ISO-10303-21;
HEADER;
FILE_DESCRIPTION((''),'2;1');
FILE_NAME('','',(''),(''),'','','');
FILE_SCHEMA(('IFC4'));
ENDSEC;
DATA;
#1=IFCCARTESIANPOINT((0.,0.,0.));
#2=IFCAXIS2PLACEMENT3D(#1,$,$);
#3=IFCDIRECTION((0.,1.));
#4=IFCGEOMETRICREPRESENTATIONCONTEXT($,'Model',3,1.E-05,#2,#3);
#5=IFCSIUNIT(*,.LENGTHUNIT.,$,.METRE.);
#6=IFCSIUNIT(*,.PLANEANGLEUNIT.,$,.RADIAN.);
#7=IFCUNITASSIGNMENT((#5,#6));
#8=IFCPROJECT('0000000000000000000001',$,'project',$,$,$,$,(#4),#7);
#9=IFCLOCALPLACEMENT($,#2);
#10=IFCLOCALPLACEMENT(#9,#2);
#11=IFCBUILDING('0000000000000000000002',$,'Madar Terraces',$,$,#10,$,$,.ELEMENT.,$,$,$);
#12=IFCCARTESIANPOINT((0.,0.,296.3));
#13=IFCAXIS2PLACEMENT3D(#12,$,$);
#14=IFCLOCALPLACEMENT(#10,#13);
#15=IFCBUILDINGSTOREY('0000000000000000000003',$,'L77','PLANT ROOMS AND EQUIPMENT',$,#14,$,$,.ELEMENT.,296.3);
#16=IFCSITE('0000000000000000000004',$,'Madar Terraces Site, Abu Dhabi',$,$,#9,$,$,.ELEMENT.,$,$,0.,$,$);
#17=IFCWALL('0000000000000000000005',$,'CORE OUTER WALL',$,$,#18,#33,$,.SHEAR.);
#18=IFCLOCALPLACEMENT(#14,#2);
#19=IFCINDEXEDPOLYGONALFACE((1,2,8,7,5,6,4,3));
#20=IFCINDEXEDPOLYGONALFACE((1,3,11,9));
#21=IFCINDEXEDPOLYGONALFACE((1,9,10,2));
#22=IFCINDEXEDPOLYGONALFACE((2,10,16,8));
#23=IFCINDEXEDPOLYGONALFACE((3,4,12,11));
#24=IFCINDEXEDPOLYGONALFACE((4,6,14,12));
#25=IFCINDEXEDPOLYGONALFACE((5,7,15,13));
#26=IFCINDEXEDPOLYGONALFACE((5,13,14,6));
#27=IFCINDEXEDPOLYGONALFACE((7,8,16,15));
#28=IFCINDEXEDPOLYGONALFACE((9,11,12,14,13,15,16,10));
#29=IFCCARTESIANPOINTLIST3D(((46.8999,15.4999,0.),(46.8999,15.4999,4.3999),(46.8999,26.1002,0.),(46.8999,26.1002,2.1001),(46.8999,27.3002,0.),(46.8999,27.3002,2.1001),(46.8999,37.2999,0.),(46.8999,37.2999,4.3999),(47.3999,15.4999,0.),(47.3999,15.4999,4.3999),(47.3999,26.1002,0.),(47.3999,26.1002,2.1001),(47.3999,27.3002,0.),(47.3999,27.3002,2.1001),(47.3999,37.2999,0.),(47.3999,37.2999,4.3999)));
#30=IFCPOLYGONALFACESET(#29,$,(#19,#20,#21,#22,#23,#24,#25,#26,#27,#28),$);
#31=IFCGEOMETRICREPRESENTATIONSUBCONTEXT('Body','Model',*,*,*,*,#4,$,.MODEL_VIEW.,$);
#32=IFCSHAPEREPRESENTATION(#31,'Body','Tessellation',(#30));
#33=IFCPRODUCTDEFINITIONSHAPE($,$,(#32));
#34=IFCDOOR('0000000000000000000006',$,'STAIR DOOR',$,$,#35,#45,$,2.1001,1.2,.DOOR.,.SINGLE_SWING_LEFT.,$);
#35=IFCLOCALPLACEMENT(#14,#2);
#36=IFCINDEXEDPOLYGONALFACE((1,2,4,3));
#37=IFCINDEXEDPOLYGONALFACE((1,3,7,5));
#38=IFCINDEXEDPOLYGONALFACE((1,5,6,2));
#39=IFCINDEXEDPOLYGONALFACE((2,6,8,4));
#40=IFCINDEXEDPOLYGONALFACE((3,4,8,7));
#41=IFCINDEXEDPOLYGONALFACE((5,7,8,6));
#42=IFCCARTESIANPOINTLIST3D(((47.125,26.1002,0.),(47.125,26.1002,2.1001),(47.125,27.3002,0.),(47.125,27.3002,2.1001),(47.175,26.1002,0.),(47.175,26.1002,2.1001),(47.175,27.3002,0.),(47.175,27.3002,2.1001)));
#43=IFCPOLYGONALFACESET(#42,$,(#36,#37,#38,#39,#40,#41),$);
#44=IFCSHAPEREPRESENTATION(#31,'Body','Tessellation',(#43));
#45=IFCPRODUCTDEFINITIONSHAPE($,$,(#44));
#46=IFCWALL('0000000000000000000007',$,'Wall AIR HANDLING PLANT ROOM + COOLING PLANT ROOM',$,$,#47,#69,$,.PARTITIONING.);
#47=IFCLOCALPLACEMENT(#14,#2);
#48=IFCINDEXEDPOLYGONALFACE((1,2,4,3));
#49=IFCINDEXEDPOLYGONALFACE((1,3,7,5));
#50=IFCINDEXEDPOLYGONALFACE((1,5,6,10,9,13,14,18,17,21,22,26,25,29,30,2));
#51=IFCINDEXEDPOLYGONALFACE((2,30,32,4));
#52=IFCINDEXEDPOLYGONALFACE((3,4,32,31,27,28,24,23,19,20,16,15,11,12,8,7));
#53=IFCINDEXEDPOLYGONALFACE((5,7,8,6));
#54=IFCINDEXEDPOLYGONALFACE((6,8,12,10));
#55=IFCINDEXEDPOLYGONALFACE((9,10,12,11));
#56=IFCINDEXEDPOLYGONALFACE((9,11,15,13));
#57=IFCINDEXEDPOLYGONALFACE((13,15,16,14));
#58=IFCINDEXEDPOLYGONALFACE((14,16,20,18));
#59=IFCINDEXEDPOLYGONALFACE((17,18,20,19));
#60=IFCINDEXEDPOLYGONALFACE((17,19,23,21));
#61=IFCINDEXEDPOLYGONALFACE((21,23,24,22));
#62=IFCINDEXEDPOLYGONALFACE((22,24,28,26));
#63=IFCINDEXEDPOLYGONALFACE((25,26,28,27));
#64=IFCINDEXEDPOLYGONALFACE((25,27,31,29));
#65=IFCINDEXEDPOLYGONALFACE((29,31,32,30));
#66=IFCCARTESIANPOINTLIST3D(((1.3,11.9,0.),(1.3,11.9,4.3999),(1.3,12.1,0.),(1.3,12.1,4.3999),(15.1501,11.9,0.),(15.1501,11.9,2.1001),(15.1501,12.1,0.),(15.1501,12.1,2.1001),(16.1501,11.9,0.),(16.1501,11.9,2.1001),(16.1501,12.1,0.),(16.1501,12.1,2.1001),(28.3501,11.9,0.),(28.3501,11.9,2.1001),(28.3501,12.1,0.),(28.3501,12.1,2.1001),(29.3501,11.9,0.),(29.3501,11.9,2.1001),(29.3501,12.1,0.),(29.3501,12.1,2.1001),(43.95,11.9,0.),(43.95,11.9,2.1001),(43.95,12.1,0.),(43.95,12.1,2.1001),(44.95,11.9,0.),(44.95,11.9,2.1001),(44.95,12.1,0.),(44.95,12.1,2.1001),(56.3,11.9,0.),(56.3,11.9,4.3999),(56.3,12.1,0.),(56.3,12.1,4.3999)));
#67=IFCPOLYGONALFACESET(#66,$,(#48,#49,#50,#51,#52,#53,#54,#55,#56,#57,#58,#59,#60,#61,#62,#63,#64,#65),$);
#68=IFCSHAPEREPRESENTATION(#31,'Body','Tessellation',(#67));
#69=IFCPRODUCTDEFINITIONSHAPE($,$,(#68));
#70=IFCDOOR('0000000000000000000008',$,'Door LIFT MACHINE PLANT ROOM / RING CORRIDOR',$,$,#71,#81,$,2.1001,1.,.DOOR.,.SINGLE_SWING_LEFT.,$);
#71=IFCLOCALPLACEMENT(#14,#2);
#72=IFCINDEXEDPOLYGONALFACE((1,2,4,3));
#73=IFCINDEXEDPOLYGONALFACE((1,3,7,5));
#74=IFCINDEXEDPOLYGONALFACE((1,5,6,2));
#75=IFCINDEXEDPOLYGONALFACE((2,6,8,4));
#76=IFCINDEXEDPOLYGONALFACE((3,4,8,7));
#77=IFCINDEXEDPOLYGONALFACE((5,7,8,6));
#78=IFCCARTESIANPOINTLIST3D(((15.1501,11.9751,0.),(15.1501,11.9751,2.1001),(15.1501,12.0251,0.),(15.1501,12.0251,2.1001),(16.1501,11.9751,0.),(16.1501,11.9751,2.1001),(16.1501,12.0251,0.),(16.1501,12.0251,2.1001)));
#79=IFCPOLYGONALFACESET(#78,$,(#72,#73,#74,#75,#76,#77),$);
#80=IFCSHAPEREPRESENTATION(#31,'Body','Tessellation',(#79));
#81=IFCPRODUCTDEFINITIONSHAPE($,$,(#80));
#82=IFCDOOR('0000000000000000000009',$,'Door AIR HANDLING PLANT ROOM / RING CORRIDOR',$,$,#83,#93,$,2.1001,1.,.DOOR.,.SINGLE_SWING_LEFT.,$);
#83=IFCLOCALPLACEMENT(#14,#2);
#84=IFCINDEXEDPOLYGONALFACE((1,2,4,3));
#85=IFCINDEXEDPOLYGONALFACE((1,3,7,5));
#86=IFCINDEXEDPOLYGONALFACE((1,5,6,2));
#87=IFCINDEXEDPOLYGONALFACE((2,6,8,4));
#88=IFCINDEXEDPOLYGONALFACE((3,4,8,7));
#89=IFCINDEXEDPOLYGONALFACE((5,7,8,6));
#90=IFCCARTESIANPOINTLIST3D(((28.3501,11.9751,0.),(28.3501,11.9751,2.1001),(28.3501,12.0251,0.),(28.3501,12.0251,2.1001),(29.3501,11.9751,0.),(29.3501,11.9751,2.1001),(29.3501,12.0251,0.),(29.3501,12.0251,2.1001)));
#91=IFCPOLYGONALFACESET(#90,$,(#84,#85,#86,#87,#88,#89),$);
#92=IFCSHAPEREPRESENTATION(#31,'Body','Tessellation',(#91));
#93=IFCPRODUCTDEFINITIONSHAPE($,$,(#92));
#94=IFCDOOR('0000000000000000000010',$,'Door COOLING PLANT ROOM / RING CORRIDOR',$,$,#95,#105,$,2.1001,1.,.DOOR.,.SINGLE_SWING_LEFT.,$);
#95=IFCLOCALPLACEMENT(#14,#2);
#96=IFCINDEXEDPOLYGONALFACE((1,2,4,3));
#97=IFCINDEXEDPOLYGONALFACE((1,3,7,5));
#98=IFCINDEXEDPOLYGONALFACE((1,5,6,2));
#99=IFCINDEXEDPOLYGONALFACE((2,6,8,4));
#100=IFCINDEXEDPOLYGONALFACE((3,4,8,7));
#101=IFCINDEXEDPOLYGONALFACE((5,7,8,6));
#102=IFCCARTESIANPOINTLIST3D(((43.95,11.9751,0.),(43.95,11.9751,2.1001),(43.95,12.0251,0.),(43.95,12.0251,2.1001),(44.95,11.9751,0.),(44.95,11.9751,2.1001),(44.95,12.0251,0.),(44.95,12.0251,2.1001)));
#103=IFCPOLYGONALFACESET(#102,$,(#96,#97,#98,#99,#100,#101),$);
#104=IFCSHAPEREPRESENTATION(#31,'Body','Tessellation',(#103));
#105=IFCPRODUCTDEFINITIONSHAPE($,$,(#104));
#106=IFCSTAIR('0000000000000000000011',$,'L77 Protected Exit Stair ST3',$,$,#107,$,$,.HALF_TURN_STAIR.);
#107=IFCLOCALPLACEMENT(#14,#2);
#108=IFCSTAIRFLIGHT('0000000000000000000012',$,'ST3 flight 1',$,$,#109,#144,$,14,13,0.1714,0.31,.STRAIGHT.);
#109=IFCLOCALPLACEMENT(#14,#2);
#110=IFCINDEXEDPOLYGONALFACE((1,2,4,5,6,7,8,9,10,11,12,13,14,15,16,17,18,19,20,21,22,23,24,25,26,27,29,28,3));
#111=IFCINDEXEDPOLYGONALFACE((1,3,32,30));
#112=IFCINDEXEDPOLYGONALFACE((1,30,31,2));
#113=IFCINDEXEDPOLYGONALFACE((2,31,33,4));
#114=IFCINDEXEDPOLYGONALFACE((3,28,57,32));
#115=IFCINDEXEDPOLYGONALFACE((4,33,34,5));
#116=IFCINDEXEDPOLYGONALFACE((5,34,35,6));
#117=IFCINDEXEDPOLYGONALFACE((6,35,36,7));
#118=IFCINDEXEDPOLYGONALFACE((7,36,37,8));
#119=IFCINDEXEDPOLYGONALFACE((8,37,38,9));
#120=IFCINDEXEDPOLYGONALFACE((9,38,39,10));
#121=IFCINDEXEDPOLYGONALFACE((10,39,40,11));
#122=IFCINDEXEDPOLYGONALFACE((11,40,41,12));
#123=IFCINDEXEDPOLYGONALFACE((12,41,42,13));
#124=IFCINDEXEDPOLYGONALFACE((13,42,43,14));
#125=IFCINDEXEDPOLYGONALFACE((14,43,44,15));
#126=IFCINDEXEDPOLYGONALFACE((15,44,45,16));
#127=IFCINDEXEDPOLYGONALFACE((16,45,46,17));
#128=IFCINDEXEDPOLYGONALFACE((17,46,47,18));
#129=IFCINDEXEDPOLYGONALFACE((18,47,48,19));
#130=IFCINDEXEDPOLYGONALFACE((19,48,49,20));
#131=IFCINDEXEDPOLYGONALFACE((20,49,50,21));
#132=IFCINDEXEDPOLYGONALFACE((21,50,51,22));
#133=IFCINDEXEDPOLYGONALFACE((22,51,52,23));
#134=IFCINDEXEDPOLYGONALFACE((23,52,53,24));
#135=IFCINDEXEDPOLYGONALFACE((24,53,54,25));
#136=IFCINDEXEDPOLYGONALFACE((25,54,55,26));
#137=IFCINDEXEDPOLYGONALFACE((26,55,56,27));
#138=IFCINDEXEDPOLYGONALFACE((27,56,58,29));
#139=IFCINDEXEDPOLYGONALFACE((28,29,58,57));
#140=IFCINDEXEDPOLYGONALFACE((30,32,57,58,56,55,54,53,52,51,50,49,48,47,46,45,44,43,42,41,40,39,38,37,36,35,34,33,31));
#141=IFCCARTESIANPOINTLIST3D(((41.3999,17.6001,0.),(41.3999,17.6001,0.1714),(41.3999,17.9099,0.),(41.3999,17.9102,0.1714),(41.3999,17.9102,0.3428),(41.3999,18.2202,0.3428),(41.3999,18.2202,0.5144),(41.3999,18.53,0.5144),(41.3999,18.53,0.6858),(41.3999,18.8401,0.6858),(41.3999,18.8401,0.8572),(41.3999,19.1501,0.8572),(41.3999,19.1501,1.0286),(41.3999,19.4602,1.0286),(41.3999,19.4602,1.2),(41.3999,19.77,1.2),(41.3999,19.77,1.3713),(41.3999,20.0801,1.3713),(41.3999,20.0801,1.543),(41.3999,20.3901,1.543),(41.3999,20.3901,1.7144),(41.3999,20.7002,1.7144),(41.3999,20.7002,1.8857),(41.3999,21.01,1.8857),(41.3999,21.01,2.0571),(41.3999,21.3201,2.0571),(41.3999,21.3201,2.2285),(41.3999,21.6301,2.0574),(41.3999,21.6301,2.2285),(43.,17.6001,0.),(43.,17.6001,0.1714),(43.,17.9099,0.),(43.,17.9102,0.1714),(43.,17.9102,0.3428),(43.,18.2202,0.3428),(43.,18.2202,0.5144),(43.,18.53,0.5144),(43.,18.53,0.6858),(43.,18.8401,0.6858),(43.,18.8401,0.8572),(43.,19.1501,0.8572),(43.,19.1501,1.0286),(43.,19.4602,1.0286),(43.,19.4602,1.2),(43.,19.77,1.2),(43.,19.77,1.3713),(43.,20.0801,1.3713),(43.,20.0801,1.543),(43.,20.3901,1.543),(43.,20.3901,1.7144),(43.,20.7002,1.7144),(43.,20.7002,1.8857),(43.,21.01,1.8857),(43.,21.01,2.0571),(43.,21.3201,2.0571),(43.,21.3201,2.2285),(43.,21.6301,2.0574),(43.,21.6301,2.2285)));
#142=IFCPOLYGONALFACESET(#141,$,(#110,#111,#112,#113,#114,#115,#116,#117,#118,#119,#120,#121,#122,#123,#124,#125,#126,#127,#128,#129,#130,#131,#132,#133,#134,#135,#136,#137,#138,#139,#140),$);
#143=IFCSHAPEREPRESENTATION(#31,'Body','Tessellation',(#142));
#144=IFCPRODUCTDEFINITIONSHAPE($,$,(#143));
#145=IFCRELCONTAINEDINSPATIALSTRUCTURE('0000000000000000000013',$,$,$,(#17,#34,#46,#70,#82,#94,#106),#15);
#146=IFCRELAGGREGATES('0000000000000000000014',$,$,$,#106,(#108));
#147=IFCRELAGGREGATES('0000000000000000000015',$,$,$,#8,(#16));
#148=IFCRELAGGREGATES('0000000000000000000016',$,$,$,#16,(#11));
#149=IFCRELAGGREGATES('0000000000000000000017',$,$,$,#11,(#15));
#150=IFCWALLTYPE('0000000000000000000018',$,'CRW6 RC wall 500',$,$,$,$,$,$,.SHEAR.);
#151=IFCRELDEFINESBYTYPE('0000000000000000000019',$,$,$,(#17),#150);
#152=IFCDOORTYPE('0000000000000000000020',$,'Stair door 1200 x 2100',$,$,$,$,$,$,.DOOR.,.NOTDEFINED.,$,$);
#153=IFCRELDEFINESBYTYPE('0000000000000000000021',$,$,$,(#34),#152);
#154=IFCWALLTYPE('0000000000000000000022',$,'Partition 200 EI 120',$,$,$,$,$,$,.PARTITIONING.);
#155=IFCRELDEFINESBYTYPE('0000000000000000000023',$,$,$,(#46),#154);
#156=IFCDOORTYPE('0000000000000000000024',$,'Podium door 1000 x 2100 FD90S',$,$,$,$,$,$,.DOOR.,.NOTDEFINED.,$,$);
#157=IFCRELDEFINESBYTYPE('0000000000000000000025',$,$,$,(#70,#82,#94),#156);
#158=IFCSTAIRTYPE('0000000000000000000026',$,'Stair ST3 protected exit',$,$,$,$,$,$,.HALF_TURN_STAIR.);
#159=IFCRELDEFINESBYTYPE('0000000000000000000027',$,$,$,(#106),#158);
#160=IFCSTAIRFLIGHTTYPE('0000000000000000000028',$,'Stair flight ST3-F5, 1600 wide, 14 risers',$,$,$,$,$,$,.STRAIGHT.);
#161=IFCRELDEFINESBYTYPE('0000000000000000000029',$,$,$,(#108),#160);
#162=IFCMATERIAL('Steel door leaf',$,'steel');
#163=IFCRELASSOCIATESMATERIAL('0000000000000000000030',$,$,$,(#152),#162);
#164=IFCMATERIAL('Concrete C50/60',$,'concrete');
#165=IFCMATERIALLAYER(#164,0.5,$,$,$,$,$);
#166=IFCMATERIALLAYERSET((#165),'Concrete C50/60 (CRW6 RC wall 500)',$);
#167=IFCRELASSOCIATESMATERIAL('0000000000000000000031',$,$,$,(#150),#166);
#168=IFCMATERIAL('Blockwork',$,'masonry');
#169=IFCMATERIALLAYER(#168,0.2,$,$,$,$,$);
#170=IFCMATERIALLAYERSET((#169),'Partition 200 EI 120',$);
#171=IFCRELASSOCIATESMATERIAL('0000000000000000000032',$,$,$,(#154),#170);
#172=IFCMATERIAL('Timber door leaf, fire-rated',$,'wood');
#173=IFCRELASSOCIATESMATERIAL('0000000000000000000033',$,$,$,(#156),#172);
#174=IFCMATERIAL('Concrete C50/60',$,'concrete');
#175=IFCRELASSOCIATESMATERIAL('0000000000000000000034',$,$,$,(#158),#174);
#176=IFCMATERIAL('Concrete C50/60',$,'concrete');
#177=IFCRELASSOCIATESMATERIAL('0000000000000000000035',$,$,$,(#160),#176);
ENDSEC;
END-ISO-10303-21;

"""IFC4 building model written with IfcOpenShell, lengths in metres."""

from ifc_helpers import new_model, si_unit, direction, frame, frame_2d, origin, place, context, subcontext, project, spatial, polyline, rectangle, outline, extrude, material, layer, layer_set, type_object, element, fill, aggregate, save


model = new_model("IFC4")

# Units and contexts
model_context = context("Model", 3, precision=1e-05, world=origin(), true_north=direction((0.0, 1.0)))
body_context = subcontext(model_context, "Body", "Model", "MODEL_VIEW")
ifc_project = project(units=[si_unit("LENGTHUNIT", "METRE"), si_unit("PLANEANGLEUNIT", "RADIAN")], contexts=[model_context])

# Site, building, storey
site_placement = place(None, origin())
site = spatial("IfcSite", under=ifc_project, at=site_placement, Name="Madar Terraces Site, Abu Dhabi", CompositionType="ELEMENT", RefElevation=0.0)
building_placement = place(site_placement, origin())
building = spatial("IfcBuilding", under=site, at=building_placement, Name="Madar Terraces", CompositionType="ELEMENT")
storey_placement = place(building_placement, frame((0.0, 0.0, 296.3)))
storey = spatial("IfcBuildingStorey", under=building, at=storey_placement, Name="L77", Description="PLANT ROOMS AND EQUIPMENT", CompositionType="ELEMENT", Elevation=296.3)

# Wall, opening, door
ifc_material_1 = material(Name="Steel door leaf", Category="steel")
door_type_1 = type_object("IfcDoorType", Name="Stair door 1200 x 2100", OperationType="NOTDEFINED", PredefinedType="DOOR", material=ifc_material_1)
ifc_material_2 = material(Name="Concrete C50/60", Category="concrete")
ifc_layer_1 = layer(ifc_material_2, 0.5)
ifc_layer_set_1 = layer_set([ifc_layer_1], Name="Concrete C50/60 (CRW6 RC wall 500)")
wall_type_1 = type_object("IfcWallType", Name="CRW6 RC wall 500", PredefinedType="SHEAR", material=ifc_layer_set_1)
wall_1_placement = place(storey_placement, frame((47.1499, 15.5, 0.0), z_axis=(0.0, 0.0, 1.0), x_axis=(0.0, 1.0, 0.0)))
wall_1 = element("IfcWall", 1, at=wall_1_placement, inside=storey, type_object=wall_type_1, Name="CORE OUTER WALL", PredefinedType="SHEAR", context=body_context, shape_type="SweptSolid", body=[
    extrude(rectangle(XDim=21.8, YDim=0.5, at=frame_2d((10.8999, 0.0))), origin(), (0.0, 0.0, 1.0), 4.3999),
])
opening_1_placement = place(wall_1_placement, frame((10.6001, 0.0, 0.0)))
opening_1 = element("IfcOpeningElement", 2, at=opening_1_placement, cuts=wall_1, PredefinedType="OPENING", context=body_context, shape_type="SweptSolid", body=[
    extrude(rectangle(XDim=1.2, YDim=2.1001, at=frame_2d((0.6001, 1.05))), frame((0.0, 0.26, 0.0), z_axis=(0.0, -1.0, 0.0), x_axis=(1.0, 0.0, 0.0)), (0.0, 0.0, 1.0), 0.52),
])
door_1_placement = place(opening_1_placement, origin())
door_1 = element("IfcDoor", 3, at=door_1_placement, inside=storey, type_object=door_type_1, Name="STAIR DOOR", OperationType="SINGLE_SWING_LEFT", OverallHeight=2.1001, OverallWidth=1.2, PredefinedType="DOOR", context=body_context, shape_type="SweptSolid", body=[
    extrude(rectangle(XDim=1.2, YDim=2.1001, at=frame_2d((0.6001, 1.05))), frame((0.0, 0.0249, 0.0), z_axis=(0.0, -1.0, 0.0), x_axis=(1.0, 0.0, 0.0)), (0.0, 0.0, 1.0), 0.05),
])
fill(opening_1, door_1)

# Wall, openings, doors
ifc_material_3 = material(Name="Blockwork", Category="masonry")
ifc_layer_2 = layer(ifc_material_3, 0.2)
ifc_layer_set_2 = layer_set([ifc_layer_2], Name="Partition 200 EI 120")
wall_type_2 = type_object("IfcWallType", Name="Partition 200 EI 120", PredefinedType="PARTITIONING", material=ifc_layer_set_2)
wall_2_placement = place(storey_placement, frame((56.3, 12.0, 0.0), z_axis=(0.0, 0.0, 1.0), x_axis=(-1.0, 0.0, 0.0)))
wall_2 = element("IfcWall", 4, at=wall_2_placement, inside=storey, type_object=wall_type_2, Name="Wall AIR HANDLING PLANT ROOM + COOLING PLANT ROOM", PredefinedType="PARTITIONING", context=body_context, shape_type="SweptSolid", body=[
    extrude(rectangle(XDim=55.0, YDim=0.2, at=frame_2d((27.5, 0.0))), origin(), (0.0, 0.0, 1.0), 4.3999),
])
opening_2_placement = place(wall_2_placement, frame((40.1499, 0.0, 0.0)))
opening_2 = element("IfcOpeningElement", 5, at=opening_2_placement, cuts=wall_2, PredefinedType="OPENING", context=body_context, shape_type="SweptSolid", body=[
    extrude(rectangle(XDim=1.0, YDim=2.1001, at=frame_2d((0.5, 1.05))), frame((0.0, 0.1099, 0.0), z_axis=(0.0, -1.0, 0.0), x_axis=(1.0, 0.0, 0.0)), (0.0, 0.0, 1.0), 0.22),
])
opening_3_placement = place(wall_2_placement, frame((26.95, 0.0, 0.0)))
opening_3 = element("IfcOpeningElement", 6, at=opening_3_placement, cuts=wall_2, PredefinedType="OPENING", context=body_context, shape_type="SweptSolid", body=[
    extrude(rectangle(XDim=1.0, YDim=2.1001, at=frame_2d((0.5, 1.05))), frame((0.0, 0.1099, 0.0), z_axis=(0.0, -1.0, 0.0), x_axis=(1.0, 0.0, 0.0)), (0.0, 0.0, 1.0), 0.22),
])
opening_4_placement = place(wall_2_placement, frame((11.3501, 0.0, 0.0)))
opening_4 = element("IfcOpeningElement", 7, at=opening_4_placement, cuts=wall_2, PredefinedType="OPENING", context=body_context, shape_type="SweptSolid", body=[
    extrude(rectangle(XDim=1.0, YDim=2.1001, at=frame_2d((0.5, 1.05))), frame((0.0, 0.1099, 0.0), z_axis=(0.0, -1.0, 0.0), x_axis=(1.0, 0.0, 0.0)), (0.0, 0.0, 1.0), 0.22),
])
ifc_material_4 = material(Name="Timber door leaf, fire-rated", Category="wood")
door_type_2 = type_object("IfcDoorType", Name="Podium door 1000 x 2100 FD90S", OperationType="NOTDEFINED", PredefinedType="DOOR", material=ifc_material_4)
door_2_placement = place(opening_2_placement, origin())
door_2 = element("IfcDoor", 8, at=door_2_placement, inside=storey, type_object=door_type_2, Name="Door LIFT MACHINE PLANT ROOM / RING CORRIDOR", OperationType="SINGLE_SWING_LEFT", OverallHeight=2.1001, OverallWidth=1.0, PredefinedType="DOOR", context=body_context, shape_type="SweptSolid", body=[
    extrude(rectangle(XDim=1.0, YDim=2.1001, at=frame_2d((0.5, 1.05))), frame((0.0, 0.0249, 0.0), z_axis=(0.0, -1.0, 0.0), x_axis=(1.0, 0.0, 0.0)), (0.0, 0.0, 1.0), 0.05),
])
fill(opening_2, door_2)
door_3_placement = place(opening_3_placement, origin())
door_3 = element("IfcDoor", 9, at=door_3_placement, inside=storey, type_object=door_type_2, Name="Door AIR HANDLING PLANT ROOM / RING CORRIDOR", OperationType="SINGLE_SWING_LEFT", OverallHeight=2.1001, OverallWidth=1.0, PredefinedType="DOOR", context=body_context, shape_type="SweptSolid", body=[
    extrude(rectangle(XDim=1.0, YDim=2.1001, at=frame_2d((0.5, 1.05))), frame((0.0, 0.0249, 0.0), z_axis=(0.0, -1.0, 0.0), x_axis=(1.0, 0.0, 0.0)), (0.0, 0.0, 1.0), 0.05),
])
fill(opening_3, door_3)
door_4_placement = place(opening_4_placement, origin())
door_4 = element("IfcDoor", 10, at=door_4_placement, inside=storey, type_object=door_type_2, Name="Door COOLING PLANT ROOM / RING CORRIDOR", OperationType="SINGLE_SWING_LEFT", OverallHeight=2.1001, OverallWidth=1.0, PredefinedType="DOOR", context=body_context, shape_type="SweptSolid", body=[
    extrude(rectangle(XDim=1.0, YDim=2.1001, at=frame_2d((0.5, 1.05))), frame((0.0, 0.0249, 0.0), z_axis=(0.0, -1.0, 0.0), x_axis=(1.0, 0.0, 0.0)), (0.0, 0.0, 1.0), 0.05),
])
fill(opening_4, door_4)

# Stair, stair flight
ifc_material_5 = material(Name="Concrete C50/60", Category="concrete")
stair_type = type_object("IfcStairType", Name="Stair ST3 protected exit", PredefinedType="HALF_TURN_STAIR", material=ifc_material_5)
stair_placement = place(storey_placement, origin())
stair = element("IfcStair", 11, at=stair_placement, inside=storey, type_object=stair_type, Name="L77 Protected Exit Stair ST3", PredefinedType="HALF_TURN_STAIR")
ifc_material_6 = material(Name="Concrete C50/60", Category="concrete")
stair_flight_type = type_object("IfcStairFlightType", Name="Stair flight ST3-F5, 1600 wide, 14 risers", PredefinedType="STRAIGHT", material=ifc_material_6)
stair_flight_placement = place(storey_placement, frame((42.2, 17.6001, 0.0), z_axis=(0.0, 0.0, 1.0), x_axis=(0.0, 1.0, 0.0)))
stair_flight = element("IfcStairFlight", 12, at=stair_flight_placement, type_object=stair_flight_type, Name="ST3 flight 1", NumberOfRisers=14, NumberOfTreads=13, PredefinedType="STRAIGHT", RiserHeight=0.1714, TreadLength=0.31, context=body_context, shape_type="SweptSolid", body=[
    extrude(outline(polyline([(0.0, 0.0), (0.0, 0.1714), (0.3101, 0.1714), (0.3101, 0.3428), (0.6201, 0.3428), (0.6201, 0.5144), (0.9299, 0.5144), (0.9299, 0.6858), (1.24, 0.6858), (1.24, 0.8572), (1.55, 0.8572), (1.55, 1.0286), (1.8601, 1.0286), (1.8601, 1.2), (2.1699, 1.2), (2.1699, 1.3713), (2.48, 1.3713), (2.48, 1.543), (2.79, 1.543), (2.79, 1.7144), (3.1001, 1.7144), (3.1001, 1.8857), (3.4099, 1.8857), (3.4099, 2.0571), (3.72, 2.0571), (3.72, 2.2285), (4.03, 2.2285), (4.03, 2.3999), (4.03, 2.0574), (0.3098, 0.0), (0.0, 0.0)])), frame((0.0, 0.8, 0.0), z_axis=(0.0, -1.0, 0.0), x_axis=(1.0, 0.0, 0.0)), (0.0, 0.0, 1.0), 1.6001),
])
aggregate(stair, [stair_flight])

save(model, "model.ifc")
